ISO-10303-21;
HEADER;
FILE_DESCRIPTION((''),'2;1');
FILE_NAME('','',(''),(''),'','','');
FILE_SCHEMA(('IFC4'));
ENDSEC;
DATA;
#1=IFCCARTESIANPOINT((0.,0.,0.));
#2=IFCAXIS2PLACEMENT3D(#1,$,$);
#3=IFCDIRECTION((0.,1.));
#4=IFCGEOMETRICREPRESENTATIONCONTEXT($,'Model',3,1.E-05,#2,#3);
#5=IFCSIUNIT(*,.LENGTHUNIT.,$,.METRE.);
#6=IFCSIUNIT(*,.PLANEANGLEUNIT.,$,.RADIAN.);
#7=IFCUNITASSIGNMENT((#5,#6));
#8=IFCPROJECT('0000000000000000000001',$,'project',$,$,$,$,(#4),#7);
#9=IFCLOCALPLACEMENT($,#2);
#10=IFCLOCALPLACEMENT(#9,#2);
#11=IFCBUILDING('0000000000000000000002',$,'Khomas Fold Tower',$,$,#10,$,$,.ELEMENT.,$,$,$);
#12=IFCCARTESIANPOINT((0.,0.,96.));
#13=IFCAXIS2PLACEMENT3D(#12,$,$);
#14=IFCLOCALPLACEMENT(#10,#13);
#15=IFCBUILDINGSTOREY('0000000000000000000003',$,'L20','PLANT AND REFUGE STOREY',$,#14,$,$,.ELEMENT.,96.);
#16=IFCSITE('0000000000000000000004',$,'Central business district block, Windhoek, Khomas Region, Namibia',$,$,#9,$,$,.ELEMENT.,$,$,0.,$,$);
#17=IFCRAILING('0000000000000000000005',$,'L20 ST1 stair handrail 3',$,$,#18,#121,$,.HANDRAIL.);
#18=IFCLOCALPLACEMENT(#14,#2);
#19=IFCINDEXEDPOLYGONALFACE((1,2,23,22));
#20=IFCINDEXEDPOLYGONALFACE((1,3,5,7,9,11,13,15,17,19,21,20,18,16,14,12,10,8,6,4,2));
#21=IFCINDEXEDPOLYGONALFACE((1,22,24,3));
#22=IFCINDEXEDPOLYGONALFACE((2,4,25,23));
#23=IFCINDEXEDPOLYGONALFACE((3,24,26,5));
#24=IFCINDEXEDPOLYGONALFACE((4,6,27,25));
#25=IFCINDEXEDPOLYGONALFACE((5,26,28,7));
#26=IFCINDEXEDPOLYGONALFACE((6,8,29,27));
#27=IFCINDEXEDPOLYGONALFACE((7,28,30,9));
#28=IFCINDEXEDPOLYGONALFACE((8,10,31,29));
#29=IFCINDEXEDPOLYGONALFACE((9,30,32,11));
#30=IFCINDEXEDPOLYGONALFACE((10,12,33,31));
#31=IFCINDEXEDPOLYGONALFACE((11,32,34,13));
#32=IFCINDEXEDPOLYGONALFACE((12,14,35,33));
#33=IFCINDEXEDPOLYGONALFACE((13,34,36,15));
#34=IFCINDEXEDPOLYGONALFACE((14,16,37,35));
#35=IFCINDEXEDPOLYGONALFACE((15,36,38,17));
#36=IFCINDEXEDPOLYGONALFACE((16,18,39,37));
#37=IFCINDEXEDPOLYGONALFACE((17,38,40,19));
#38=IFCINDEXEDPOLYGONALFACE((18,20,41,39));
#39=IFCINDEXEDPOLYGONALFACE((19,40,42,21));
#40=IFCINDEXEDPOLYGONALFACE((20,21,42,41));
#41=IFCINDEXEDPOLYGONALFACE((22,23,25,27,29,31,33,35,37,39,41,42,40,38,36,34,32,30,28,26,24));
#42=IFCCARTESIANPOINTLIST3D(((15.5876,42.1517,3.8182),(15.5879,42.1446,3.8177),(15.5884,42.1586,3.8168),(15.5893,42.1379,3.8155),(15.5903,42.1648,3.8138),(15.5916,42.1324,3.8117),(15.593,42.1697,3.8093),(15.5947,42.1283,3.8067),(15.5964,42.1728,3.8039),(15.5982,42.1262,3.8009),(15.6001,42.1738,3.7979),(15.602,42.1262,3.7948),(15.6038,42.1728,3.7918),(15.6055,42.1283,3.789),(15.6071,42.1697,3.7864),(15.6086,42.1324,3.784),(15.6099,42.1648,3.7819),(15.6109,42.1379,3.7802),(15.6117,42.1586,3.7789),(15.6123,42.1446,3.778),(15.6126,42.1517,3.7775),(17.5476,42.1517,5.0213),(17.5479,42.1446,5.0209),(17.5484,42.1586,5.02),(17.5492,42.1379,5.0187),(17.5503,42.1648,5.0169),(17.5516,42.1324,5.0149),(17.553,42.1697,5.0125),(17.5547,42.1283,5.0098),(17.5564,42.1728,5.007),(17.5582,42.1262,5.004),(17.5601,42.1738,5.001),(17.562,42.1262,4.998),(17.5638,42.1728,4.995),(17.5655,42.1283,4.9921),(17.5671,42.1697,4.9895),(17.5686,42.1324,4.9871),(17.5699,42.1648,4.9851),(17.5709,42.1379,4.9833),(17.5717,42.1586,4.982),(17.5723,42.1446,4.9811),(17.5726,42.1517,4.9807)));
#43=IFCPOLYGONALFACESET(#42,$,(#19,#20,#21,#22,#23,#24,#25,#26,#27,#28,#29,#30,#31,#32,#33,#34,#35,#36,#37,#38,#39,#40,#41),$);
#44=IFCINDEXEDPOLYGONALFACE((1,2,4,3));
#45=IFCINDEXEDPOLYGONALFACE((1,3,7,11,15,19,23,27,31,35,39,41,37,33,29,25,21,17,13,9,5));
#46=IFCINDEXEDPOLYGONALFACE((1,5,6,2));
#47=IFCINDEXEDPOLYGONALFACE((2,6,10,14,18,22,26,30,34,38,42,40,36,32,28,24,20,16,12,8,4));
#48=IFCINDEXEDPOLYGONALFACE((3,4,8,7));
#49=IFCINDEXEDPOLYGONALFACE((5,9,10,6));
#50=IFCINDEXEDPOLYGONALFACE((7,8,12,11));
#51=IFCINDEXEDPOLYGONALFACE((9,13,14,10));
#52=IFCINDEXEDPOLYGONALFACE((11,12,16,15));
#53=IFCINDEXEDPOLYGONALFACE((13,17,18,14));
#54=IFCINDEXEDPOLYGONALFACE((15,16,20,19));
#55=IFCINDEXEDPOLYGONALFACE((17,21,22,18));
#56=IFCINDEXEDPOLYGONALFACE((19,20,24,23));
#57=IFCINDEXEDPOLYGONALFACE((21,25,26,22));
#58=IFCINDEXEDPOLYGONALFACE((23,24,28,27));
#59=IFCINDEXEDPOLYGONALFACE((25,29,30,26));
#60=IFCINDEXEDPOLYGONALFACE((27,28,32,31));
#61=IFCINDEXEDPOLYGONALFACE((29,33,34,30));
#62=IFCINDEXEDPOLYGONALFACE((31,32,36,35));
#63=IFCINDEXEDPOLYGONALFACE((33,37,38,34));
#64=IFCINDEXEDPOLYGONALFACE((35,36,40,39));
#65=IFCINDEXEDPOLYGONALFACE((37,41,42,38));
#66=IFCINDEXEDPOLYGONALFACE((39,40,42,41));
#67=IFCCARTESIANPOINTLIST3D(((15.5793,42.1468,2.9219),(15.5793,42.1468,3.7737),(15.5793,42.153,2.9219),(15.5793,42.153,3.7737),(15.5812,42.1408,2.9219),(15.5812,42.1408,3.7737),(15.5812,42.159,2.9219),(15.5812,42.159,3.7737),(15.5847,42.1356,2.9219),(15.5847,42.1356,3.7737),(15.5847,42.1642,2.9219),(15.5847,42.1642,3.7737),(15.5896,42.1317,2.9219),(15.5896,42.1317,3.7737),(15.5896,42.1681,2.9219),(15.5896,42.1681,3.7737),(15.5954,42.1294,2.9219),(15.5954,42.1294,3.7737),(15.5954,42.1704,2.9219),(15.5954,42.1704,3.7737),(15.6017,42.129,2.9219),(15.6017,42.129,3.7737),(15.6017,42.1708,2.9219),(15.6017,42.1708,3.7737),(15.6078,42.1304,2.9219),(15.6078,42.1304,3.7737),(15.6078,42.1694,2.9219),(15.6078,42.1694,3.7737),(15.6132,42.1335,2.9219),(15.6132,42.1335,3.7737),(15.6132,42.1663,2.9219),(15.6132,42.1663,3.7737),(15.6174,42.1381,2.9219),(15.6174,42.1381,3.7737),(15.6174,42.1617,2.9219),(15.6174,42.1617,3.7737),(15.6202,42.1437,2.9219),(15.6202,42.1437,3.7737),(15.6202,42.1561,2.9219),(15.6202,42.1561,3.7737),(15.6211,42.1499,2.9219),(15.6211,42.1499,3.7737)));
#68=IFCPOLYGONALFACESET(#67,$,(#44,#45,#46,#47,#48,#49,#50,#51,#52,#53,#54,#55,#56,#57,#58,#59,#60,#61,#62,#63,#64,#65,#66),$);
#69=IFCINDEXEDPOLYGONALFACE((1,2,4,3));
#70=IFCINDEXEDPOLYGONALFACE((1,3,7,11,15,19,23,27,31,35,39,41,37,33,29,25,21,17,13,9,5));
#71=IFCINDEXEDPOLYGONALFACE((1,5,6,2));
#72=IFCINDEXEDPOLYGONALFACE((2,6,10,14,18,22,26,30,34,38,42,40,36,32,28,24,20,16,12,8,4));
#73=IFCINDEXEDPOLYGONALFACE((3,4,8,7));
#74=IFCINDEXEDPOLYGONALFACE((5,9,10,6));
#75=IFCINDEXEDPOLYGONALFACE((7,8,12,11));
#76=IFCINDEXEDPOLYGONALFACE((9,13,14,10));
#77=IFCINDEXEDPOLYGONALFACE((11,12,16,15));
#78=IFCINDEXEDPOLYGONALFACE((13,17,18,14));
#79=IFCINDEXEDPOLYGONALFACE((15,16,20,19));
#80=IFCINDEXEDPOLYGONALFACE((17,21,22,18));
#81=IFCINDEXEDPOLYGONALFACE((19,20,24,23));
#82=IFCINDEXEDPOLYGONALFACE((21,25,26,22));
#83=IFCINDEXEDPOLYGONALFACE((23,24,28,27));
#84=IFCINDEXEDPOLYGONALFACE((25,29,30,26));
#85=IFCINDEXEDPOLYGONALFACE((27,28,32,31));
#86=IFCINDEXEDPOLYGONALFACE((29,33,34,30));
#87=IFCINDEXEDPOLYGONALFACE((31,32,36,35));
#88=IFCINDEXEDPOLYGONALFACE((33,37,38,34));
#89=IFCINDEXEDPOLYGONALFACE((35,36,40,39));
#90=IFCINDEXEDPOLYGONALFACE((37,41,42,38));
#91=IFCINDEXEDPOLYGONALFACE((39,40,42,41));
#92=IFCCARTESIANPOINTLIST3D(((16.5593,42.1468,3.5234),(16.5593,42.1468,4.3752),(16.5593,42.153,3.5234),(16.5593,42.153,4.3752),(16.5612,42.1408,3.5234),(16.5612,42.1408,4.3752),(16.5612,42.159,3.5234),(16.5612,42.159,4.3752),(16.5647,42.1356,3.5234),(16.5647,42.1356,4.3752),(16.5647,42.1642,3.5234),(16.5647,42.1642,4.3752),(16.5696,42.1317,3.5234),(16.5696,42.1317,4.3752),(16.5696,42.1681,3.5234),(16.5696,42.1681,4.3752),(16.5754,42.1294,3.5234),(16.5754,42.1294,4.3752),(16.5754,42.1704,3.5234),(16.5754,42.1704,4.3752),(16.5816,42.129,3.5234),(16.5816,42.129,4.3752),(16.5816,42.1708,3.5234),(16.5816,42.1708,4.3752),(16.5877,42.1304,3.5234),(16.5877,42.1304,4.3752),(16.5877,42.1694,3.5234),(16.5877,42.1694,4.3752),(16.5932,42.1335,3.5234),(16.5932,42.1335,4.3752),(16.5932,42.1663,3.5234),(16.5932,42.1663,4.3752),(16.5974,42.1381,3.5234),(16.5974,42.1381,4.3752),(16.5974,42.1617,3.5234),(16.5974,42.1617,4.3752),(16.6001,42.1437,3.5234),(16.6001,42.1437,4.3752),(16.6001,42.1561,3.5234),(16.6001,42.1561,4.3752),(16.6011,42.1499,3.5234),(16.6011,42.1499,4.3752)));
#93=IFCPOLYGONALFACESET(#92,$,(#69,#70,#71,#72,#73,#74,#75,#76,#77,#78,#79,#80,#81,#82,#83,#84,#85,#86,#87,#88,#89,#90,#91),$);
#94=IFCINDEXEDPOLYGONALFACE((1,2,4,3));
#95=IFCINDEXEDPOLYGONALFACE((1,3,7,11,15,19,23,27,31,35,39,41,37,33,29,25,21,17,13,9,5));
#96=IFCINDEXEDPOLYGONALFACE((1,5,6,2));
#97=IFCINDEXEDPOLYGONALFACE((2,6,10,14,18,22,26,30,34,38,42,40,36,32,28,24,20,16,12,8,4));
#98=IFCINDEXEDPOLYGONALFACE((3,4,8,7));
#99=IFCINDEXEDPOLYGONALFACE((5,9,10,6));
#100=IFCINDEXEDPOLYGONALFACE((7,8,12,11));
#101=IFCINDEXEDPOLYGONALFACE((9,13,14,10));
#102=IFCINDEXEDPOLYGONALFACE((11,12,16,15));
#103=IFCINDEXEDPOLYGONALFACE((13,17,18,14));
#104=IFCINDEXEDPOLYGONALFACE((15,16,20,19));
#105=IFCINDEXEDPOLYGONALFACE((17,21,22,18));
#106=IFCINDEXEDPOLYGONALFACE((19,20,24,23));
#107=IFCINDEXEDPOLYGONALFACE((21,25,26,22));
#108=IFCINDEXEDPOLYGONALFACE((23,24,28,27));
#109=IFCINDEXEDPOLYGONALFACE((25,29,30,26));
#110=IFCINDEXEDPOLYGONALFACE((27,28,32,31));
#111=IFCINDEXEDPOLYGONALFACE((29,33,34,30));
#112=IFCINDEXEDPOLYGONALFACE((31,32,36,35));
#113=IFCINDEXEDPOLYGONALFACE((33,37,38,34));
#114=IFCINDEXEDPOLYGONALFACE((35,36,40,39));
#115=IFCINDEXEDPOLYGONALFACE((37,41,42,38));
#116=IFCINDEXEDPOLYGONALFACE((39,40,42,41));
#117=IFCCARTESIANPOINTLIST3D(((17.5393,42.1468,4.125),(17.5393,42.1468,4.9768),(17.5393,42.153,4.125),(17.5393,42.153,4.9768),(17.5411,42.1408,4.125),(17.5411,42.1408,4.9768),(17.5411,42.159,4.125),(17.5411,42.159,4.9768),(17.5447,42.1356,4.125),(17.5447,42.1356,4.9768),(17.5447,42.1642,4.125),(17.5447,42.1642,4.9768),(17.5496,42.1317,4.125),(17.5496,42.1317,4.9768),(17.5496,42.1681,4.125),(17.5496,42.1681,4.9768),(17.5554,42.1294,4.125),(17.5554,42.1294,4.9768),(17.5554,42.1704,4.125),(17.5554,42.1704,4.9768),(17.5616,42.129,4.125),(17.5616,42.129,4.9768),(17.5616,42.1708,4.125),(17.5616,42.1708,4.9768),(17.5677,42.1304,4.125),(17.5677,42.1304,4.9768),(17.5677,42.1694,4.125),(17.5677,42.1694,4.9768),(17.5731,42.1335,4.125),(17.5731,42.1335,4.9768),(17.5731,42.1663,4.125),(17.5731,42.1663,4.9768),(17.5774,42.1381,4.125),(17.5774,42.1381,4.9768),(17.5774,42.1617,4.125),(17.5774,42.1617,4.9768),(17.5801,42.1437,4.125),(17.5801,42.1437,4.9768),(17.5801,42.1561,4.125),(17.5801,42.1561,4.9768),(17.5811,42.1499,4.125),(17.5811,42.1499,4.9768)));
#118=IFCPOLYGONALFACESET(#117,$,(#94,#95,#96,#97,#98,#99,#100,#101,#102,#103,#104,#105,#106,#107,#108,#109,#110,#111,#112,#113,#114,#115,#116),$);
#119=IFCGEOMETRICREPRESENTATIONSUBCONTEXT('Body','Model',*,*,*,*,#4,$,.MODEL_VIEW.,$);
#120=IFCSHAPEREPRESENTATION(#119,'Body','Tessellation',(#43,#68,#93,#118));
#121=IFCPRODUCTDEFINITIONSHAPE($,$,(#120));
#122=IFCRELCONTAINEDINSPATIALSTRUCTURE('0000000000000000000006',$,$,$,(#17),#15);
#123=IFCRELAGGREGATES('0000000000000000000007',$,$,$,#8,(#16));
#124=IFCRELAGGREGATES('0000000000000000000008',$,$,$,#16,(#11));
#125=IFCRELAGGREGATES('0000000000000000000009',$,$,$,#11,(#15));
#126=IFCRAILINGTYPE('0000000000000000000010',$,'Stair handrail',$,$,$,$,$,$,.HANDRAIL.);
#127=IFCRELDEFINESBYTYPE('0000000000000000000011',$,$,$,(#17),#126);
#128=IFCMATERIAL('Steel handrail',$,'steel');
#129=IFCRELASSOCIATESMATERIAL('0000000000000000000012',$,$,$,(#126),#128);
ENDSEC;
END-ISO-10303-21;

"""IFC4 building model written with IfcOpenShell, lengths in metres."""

from ifc_helpers import new_model, si_unit, direction, frame, origin, origin_2d, place, context, subcontext, project, spatial, circle, extrude, source, transform, mapped, material, type_object, element, save


model = new_model("IFC4")

# Units and contexts
model_context = context("Model", 3, precision=1e-05, world=origin(), true_north=direction((0.0, 1.0)))
body_context = subcontext(model_context, "Body", "Model", "MODEL_VIEW")
ifc_project = project(units=[si_unit("LENGTHUNIT", "METRE"), si_unit("PLANEANGLEUNIT", "RADIAN")], contexts=[model_context])

# Site, building, storey
site_placement = place(None, origin())
site = spatial("IfcSite", under=ifc_project, at=site_placement, Name="Central business district block, Windhoek, Khomas Region, Namibia", CompositionType="ELEMENT", RefElevation=0.0)
building_placement = place(site_placement, origin())
building = spatial("IfcBuilding", under=site, at=building_placement, Name="Khomas Fold Tower", CompositionType="ELEMENT")
storey_placement = place(building_placement, frame((0.0, 0.0, 96.0)))
storey = spatial("IfcBuildingStorey", under=building, at=storey_placement, Name="L20", Description="PLANT AND REFUGE STOREY", CompositionType="ELEMENT", Elevation=96.0)

# Railing
ifc_material_1 = material(Name="Steel handrail", Category="steel")
railing_type_1 = type_object("IfcRailingType", Name="Stair handrail", PredefinedType="HANDRAIL", material=ifc_material_1)
shared_shape_1 = source(origin(), body_context, "Body", "SweptSolid", [
    extrude(circle(Radius=0.0239, at=origin_2d()), frame((0.0, 0.0, 0.876), z_axis=(0.852241, 0.0, 0.523149), x_axis=(0.0, 1.0, 0.0)), (0.0, 0.0, 1.0), 2.2998),
    extrude(circle(Radius=0.021, at=origin_2d()), origin(), (0.0, 0.0, 1.0), 0.8518),
    extrude(circle(Radius=0.021, at=origin_2d()), frame((0.98, 0.0, 0.6016)), (0.0, 0.0, 1.0), 0.8518),
    extrude(circle(Radius=0.021, at=origin_2d()), frame((1.96, 0.0, 1.2031)), (0.0, 0.0, 1.0), 0.8518),
])
for number, where, name in (
    (1, (15.6001, 42.1499, 2.9219), "L20 ST1 stair handrail 3"),
):
    element("IfcRailing", number, at=place(storey_placement, frame(where)), inside=storey, type_object=railing_type_1, Name=name, PredefinedType="HANDRAIL", context=body_context, shape_type="MappedRepresentation", body=[
        mapped(shared_shape_1, transform((0.0, 0.0, 0.0))),
    ])

save(model, "model.ifc")
